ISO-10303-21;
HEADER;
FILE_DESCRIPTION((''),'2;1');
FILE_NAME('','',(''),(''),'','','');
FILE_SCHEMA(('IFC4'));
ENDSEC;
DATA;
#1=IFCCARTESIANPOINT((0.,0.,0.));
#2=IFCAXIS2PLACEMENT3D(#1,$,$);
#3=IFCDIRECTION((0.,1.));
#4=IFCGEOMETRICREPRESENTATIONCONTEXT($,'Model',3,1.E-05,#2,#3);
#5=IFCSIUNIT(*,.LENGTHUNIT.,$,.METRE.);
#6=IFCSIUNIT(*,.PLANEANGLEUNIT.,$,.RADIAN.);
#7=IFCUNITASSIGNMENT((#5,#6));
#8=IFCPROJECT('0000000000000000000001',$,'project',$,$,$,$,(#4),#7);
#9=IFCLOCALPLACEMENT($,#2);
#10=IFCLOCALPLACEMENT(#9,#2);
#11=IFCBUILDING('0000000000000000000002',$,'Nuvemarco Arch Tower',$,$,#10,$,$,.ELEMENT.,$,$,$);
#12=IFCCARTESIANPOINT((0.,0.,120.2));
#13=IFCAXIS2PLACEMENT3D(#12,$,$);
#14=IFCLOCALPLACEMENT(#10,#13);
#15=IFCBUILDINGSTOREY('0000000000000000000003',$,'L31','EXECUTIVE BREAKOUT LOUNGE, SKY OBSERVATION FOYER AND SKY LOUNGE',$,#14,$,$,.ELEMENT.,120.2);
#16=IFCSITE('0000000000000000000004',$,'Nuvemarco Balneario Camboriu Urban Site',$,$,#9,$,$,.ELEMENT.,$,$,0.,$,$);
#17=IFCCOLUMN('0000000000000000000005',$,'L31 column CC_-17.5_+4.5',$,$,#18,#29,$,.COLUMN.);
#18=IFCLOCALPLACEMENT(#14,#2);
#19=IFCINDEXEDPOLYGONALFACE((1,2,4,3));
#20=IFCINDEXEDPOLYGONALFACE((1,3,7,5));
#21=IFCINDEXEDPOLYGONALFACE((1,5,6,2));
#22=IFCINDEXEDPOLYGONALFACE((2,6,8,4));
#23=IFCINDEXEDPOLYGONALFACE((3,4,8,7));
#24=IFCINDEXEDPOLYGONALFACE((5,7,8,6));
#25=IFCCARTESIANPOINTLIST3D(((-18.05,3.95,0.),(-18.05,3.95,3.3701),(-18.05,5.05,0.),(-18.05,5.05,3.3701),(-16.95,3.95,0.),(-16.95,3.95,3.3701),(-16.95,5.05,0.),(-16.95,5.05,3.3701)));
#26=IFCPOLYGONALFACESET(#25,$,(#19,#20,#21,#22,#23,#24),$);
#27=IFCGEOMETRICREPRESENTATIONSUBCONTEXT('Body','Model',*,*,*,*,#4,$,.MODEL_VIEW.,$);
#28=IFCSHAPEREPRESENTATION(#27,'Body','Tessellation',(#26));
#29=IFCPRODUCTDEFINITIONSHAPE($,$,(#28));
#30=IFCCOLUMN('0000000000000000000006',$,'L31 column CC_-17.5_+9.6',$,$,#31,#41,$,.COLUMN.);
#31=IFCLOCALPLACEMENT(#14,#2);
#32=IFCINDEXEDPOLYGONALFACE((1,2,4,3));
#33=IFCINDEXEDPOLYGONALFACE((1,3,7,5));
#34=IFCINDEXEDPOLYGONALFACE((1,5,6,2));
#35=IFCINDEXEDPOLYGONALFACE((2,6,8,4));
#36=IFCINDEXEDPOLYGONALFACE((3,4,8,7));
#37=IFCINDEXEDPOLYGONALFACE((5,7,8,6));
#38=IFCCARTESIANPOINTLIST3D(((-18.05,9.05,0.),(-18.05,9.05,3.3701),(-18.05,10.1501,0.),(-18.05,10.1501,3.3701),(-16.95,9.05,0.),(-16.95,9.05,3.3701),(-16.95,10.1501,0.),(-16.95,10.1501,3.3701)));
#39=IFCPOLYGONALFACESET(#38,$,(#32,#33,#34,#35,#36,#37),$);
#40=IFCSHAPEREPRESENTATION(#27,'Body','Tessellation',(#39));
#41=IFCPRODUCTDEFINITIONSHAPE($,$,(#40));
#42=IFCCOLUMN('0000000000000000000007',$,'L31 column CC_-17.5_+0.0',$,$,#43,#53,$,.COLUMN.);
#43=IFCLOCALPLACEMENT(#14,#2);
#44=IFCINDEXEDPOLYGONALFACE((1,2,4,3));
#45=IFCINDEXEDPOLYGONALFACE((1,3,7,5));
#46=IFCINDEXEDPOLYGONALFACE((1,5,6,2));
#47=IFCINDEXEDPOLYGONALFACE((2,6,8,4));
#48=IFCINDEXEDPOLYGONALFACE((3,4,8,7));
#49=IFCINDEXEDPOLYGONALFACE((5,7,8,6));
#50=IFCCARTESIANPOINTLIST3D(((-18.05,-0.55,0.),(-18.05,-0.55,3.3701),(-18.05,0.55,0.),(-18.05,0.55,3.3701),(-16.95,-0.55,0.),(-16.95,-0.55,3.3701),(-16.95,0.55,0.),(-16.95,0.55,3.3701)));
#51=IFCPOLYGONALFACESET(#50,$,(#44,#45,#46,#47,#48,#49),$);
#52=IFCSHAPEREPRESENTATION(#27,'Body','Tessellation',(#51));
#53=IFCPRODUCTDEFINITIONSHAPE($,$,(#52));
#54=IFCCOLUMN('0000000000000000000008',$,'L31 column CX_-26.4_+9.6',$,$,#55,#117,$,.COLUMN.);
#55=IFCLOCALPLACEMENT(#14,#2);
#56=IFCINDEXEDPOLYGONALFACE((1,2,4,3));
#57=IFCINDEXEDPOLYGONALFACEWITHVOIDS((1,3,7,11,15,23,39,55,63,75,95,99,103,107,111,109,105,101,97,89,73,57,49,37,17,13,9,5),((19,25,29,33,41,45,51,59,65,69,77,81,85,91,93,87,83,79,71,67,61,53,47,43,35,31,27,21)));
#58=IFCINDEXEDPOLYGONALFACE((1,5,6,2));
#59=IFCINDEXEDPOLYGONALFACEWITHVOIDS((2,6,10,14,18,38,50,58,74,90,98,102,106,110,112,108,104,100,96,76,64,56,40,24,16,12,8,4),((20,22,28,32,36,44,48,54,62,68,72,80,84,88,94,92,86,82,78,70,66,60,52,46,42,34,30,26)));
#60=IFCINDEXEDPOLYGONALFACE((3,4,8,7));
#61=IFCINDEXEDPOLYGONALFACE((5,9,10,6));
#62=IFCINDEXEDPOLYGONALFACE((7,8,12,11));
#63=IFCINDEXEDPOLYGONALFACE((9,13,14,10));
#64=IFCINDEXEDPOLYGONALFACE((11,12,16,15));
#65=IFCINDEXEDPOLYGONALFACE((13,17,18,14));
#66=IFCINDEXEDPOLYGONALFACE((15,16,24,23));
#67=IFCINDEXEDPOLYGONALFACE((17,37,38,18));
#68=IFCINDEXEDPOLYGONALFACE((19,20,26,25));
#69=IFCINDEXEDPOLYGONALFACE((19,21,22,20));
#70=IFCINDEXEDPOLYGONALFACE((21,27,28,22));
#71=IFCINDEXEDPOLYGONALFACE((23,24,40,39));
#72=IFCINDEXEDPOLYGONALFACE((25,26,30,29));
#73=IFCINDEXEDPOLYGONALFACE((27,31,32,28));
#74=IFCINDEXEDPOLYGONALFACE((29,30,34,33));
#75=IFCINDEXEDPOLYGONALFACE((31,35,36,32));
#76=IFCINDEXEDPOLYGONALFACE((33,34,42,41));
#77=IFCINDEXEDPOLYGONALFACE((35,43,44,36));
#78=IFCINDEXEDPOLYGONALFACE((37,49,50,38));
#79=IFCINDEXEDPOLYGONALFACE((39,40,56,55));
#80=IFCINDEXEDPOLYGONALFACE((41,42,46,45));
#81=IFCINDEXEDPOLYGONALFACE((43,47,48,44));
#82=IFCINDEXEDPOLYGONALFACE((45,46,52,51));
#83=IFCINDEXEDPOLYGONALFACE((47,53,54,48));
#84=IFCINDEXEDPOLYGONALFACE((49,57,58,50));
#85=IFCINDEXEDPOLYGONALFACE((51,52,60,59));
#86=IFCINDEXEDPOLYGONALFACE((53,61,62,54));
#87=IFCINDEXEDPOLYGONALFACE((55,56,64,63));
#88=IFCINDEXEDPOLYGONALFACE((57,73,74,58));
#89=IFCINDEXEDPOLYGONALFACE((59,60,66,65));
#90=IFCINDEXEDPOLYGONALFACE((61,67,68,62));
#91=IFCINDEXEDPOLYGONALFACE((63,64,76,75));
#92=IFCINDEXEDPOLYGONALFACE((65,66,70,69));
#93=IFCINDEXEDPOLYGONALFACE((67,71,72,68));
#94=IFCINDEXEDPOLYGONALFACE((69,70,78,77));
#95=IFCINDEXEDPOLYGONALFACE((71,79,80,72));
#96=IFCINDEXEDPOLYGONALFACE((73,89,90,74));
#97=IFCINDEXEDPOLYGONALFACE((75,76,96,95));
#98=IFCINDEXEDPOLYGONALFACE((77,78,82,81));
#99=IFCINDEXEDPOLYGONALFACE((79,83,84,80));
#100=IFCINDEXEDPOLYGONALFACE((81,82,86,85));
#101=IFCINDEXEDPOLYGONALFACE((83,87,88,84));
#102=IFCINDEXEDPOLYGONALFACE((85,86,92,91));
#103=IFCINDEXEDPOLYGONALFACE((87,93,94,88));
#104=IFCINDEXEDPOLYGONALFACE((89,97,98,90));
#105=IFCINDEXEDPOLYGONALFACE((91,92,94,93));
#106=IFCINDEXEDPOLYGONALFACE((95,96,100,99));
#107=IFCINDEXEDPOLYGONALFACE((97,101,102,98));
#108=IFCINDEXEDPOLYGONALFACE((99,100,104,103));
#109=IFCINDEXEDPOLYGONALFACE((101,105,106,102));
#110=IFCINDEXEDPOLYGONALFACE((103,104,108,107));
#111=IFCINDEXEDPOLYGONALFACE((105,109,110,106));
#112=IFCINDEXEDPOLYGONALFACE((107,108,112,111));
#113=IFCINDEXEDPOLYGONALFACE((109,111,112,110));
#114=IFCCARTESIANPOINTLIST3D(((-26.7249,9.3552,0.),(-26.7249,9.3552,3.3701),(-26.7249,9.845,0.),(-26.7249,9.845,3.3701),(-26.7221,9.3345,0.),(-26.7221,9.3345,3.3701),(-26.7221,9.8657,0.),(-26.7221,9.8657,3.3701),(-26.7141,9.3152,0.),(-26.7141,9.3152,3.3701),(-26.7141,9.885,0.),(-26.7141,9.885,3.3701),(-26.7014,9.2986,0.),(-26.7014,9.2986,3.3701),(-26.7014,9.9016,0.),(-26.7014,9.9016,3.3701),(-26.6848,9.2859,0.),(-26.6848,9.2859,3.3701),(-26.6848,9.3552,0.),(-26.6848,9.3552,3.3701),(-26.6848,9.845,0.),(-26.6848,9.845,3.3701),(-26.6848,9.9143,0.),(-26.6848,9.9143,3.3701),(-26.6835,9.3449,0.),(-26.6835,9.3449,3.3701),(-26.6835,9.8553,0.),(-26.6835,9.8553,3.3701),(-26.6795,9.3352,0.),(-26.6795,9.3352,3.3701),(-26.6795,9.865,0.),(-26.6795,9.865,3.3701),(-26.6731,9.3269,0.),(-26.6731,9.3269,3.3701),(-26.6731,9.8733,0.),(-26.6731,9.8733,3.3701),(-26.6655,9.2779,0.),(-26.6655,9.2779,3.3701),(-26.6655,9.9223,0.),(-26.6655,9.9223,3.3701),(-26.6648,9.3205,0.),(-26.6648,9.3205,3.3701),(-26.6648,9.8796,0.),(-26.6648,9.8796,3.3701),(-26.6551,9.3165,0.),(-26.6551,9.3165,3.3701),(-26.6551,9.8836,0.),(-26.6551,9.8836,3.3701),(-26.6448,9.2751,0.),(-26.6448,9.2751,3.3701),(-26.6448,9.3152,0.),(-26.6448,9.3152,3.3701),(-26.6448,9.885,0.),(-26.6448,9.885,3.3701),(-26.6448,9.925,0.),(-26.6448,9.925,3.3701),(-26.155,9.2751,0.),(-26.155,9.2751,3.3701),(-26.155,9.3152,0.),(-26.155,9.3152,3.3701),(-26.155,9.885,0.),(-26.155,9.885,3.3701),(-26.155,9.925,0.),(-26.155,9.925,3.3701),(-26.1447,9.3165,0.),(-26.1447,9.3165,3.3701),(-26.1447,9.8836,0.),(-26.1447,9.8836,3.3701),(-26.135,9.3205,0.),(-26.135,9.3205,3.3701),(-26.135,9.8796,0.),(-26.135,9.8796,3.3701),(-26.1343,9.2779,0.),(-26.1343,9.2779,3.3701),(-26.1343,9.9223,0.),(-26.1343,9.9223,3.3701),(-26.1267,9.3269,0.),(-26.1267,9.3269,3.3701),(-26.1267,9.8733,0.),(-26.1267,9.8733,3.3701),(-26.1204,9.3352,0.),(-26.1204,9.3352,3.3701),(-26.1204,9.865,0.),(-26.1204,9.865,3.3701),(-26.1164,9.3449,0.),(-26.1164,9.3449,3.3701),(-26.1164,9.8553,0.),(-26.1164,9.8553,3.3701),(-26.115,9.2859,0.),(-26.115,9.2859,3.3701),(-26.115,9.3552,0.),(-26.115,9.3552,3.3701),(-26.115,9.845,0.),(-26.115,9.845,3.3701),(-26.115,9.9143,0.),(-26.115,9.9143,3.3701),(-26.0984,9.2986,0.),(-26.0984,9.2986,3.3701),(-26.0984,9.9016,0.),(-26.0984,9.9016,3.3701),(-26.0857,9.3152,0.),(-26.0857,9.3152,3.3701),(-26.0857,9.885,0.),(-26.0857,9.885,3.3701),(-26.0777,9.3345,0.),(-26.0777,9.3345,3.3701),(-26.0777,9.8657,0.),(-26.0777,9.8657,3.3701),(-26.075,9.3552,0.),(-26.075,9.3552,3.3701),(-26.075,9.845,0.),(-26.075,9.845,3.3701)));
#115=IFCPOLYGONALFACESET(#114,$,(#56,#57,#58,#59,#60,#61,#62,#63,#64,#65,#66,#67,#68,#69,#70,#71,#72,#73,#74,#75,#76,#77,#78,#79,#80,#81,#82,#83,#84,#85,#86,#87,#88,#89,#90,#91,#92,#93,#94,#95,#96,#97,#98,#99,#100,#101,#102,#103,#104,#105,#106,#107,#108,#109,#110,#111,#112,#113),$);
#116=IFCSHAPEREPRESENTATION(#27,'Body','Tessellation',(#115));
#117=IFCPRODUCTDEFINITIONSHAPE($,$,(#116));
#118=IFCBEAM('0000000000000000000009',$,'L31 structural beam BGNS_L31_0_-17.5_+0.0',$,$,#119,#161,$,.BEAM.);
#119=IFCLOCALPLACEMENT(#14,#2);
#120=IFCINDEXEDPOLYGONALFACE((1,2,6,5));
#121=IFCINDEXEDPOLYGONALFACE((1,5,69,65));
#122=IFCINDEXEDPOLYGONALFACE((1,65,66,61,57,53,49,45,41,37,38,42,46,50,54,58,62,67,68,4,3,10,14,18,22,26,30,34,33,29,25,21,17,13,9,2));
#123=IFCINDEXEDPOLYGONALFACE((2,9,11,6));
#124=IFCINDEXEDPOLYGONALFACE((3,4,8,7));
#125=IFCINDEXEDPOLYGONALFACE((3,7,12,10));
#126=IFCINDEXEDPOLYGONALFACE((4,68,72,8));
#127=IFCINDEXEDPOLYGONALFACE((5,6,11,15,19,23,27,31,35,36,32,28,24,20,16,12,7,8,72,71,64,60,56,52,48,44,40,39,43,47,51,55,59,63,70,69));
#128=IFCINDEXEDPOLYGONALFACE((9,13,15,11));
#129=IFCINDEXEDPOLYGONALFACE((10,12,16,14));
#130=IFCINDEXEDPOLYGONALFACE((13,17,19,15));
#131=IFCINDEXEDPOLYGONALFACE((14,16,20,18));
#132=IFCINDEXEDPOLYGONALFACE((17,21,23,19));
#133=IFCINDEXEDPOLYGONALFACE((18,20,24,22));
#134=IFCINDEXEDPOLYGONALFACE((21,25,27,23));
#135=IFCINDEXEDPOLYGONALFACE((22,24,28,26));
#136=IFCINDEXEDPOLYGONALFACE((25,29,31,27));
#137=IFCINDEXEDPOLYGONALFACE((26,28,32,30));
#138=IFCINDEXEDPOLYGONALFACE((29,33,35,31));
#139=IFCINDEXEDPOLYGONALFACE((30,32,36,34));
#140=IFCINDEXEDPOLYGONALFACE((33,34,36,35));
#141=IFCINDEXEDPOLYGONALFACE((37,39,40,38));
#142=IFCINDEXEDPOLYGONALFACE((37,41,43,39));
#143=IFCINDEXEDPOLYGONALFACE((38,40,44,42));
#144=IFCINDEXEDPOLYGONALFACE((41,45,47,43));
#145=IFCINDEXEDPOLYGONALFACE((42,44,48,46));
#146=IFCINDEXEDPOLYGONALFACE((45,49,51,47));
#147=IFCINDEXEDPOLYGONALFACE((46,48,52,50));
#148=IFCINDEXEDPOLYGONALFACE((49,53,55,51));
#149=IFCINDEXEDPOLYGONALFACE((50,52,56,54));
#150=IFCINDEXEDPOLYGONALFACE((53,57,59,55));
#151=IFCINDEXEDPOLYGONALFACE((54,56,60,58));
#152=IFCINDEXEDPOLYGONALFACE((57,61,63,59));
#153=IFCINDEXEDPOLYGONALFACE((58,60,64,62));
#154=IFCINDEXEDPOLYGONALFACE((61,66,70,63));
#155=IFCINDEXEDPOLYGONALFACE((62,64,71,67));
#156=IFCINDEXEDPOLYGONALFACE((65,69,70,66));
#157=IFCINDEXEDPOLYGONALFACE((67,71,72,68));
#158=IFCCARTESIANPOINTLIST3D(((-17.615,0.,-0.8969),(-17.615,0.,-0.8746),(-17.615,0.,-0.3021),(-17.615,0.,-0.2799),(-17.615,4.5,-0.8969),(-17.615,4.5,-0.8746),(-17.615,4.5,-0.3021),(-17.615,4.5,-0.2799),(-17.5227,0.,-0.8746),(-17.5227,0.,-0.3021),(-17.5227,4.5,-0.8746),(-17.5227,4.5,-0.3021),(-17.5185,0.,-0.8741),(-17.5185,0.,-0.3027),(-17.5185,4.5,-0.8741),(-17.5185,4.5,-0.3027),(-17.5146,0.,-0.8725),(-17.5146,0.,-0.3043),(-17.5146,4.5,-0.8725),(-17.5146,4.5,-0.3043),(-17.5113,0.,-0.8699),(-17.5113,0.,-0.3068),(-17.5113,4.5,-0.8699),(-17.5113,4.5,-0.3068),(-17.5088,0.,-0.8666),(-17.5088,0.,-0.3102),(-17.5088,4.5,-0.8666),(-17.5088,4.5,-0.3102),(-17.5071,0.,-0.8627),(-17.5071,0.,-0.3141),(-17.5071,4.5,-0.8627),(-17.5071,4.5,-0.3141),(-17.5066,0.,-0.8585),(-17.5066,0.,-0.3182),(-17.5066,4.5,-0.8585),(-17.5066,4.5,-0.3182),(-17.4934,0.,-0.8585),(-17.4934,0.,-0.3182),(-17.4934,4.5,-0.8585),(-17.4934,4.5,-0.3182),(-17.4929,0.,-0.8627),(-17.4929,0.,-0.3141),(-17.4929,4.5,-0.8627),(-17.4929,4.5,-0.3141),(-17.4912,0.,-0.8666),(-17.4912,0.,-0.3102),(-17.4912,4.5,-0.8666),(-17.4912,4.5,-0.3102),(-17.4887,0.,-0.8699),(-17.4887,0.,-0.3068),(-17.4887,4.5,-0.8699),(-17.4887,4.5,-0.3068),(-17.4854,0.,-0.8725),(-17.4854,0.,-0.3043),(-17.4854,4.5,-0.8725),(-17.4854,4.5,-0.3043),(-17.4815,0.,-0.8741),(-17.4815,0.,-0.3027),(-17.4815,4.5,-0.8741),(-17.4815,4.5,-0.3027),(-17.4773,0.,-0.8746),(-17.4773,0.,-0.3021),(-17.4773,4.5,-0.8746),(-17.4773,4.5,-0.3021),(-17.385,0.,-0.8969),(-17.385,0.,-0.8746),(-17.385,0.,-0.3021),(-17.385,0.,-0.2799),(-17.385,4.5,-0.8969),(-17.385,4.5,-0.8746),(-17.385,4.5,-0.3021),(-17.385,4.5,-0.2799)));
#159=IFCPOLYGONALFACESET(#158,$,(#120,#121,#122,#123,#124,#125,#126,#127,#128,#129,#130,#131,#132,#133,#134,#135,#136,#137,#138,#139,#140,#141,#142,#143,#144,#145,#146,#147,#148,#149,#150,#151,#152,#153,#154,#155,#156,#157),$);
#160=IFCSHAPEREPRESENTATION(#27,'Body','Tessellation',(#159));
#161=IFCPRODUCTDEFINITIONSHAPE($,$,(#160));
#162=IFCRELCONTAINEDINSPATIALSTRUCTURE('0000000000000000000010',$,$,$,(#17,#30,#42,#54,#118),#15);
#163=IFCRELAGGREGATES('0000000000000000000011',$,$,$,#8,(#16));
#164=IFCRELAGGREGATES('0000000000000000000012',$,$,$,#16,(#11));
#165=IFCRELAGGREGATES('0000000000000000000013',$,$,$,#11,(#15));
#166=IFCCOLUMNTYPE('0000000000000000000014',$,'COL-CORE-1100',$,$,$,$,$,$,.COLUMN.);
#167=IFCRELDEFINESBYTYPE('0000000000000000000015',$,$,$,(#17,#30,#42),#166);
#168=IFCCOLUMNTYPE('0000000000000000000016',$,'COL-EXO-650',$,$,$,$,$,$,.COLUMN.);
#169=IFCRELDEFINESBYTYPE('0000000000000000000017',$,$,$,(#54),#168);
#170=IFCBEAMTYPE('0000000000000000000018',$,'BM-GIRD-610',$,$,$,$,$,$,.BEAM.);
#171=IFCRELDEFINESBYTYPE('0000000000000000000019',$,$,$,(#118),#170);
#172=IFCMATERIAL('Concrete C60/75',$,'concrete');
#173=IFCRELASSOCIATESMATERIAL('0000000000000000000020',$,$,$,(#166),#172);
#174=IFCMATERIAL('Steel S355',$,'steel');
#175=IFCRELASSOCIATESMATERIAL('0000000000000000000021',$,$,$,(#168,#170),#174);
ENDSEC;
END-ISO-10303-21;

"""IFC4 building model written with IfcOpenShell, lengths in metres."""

from ifc_helpers import new_model, si_unit, direction, frame, origin, origin_2d, place, context, subcontext, project, spatial, rectangle, hollow_rectangle, i_section, extrude, material, material_profile, profile_set, type_object, element, save


model = new_model("IFC4")

# Units and contexts
model_context = context("Model", 3, precision=1e-05, world=origin(), true_north=direction((0.0, 1.0)))
body_context = subcontext(model_context, "Body", "Model", "MODEL_VIEW")
ifc_project = project(units=[si_unit("LENGTHUNIT", "METRE"), si_unit("PLANEANGLEUNIT", "RADIAN")], contexts=[model_context])

# Site, building, storey
site_placement = place(None, origin())
site = spatial("IfcSite", under=ifc_project, at=site_placement, Name="Nuvemarco Balneario Camboriu Urban Site", CompositionType="ELEMENT", RefElevation=0.0)
building_placement = place(site_placement, origin())
building = spatial("IfcBuilding", under=site, at=building_placement, Name="Nuvemarco Arch Tower", CompositionType="ELEMENT")
storey_placement = place(building_placement, frame((0.0, 0.0, 120.2)))
storey = spatial("IfcBuildingStorey", under=building, at=storey_placement, Name="L31", Description="EXECUTIVE BREAKOUT LOUNGE, SKY OBSERVATION FOYER AND SKY LOUNGE", CompositionType="ELEMENT", Elevation=120.2)

# Columns
ifc_material_1 = material(Name="Concrete C60/75", Category="concrete")
ifc_material_profile_1 = material_profile(ifc_material_1, rectangle(XDim=1.1001, YDim=1.1001, at=origin_2d()), Name="RC-COL-1100x1100")
ifc_profile_set_1 = profile_set([ifc_material_profile_1], Name="Concrete C60/75")
column_type_1 = type_object("IfcColumnType", Name="COL-CORE-1100", PredefinedType="COLUMN", material=ifc_profile_set_1)
for number, where, z_axis, x_axis, name in (
    (1, (-17.5, 4.5, 0.0), (0.0, 0.0, 1.0), (1.0, 0.0, 0.0), "L31 column CC_-17.5_+4.5"),
    (2, (-17.5, 9.6001, 0.0), (0.0, 0.0, 1.0), (1.0, 0.0, 0.0), "L31 column CC_-17.5_+9.6"),
    (3, (-17.5, 0.0, 0.0), (0.0, 0.0, 1.0), (1.0, 0.0, 0.0), "L31 column CC_-17.5_+0.0"),
):
    element("IfcColumn", number, at=place(storey_placement, frame(where, z_axis=z_axis, x_axis=x_axis)), inside=storey, type_object=column_type_1, Name=name, PredefinedType="COLUMN", context=body_context, shape_type="SweptSolid", body=[
        extrude(rectangle(XDim=1.1001, YDim=1.1001, at=origin_2d()), origin(), (0.0, 0.0, 1.0), 3.3701),
    ])
ifc_material_2 = material(Name="Steel S355", Category="steel")
ifc_material_profile_2 = material_profile(ifc_material_2, hollow_rectangle(XDim=0.6499, YDim=0.6499, WallThickness=0.04, InnerFilletRadius=0.04, OuterFilletRadius=0.0801, at=origin_2d()), Name="SHS650x650x40")
ifc_profile_set_2 = profile_set([ifc_material_profile_2], Name="Steel S355")
column_type_2 = type_object("IfcColumnType", Name="COL-EXO-650", PredefinedType="COLUMN", material=ifc_profile_set_2)
column_placement = place(storey_placement, frame((-26.3999, 9.6001, 0.0), z_axis=(0.0, 0.0, 1.0), x_axis=(1.0, 0.0, 0.0)))
element("IfcColumn", 4, at=column_placement, inside=storey, type_object=column_type_2, Name="L31 column CX_-26.4_+9.6", PredefinedType="COLUMN", context=body_context, shape_type="SweptSolid", body=[
    extrude(hollow_rectangle(XDim=0.6499, YDim=0.6499, WallThickness=0.04, InnerFilletRadius=0.04, OuterFilletRadius=0.0801, at=origin_2d()), origin(), (0.0, 0.0, 1.0), 3.3701),
])

# Beam
ifc_material_profile_3 = material_profile(ifc_material_2, i_section(OverallWidth=0.23, OverallDepth=0.6169, WebThickness=0.0132, FlangeThickness=0.0222, FilletRadius=0.0161, at=origin_2d()), Name="W610x140")
ifc_profile_set_3 = profile_set([ifc_material_profile_3], Name="Steel S355")
beam_type_1 = type_object("IfcBeamType", Name="BM-GIRD-610", PredefinedType="BEAM", material=ifc_profile_set_3)
beam_1_placement = place(storey_placement, frame((-17.5, 0.0, -0.5884), z_axis=(0.0, 1.0, 0.0), x_axis=(-1.0, 0.0, 0.0)))
element("IfcBeam", 5, at=beam_1_placement, inside=storey, type_object=beam_type_1, Name="L31 structural beam BGNS_L31_0_-17.5_+0.0", PredefinedType="BEAM", context=body_context, shape_type="SweptSolid", body=[
    extrude(i_section(OverallWidth=0.23, OverallDepth=0.6169, WebThickness=0.0132, FlangeThickness=0.0222, FilletRadius=0.0161, at=origin_2d()), origin(), (0.0, 0.0, 1.0), 4.5),
])

save(model, "model.ifc")
